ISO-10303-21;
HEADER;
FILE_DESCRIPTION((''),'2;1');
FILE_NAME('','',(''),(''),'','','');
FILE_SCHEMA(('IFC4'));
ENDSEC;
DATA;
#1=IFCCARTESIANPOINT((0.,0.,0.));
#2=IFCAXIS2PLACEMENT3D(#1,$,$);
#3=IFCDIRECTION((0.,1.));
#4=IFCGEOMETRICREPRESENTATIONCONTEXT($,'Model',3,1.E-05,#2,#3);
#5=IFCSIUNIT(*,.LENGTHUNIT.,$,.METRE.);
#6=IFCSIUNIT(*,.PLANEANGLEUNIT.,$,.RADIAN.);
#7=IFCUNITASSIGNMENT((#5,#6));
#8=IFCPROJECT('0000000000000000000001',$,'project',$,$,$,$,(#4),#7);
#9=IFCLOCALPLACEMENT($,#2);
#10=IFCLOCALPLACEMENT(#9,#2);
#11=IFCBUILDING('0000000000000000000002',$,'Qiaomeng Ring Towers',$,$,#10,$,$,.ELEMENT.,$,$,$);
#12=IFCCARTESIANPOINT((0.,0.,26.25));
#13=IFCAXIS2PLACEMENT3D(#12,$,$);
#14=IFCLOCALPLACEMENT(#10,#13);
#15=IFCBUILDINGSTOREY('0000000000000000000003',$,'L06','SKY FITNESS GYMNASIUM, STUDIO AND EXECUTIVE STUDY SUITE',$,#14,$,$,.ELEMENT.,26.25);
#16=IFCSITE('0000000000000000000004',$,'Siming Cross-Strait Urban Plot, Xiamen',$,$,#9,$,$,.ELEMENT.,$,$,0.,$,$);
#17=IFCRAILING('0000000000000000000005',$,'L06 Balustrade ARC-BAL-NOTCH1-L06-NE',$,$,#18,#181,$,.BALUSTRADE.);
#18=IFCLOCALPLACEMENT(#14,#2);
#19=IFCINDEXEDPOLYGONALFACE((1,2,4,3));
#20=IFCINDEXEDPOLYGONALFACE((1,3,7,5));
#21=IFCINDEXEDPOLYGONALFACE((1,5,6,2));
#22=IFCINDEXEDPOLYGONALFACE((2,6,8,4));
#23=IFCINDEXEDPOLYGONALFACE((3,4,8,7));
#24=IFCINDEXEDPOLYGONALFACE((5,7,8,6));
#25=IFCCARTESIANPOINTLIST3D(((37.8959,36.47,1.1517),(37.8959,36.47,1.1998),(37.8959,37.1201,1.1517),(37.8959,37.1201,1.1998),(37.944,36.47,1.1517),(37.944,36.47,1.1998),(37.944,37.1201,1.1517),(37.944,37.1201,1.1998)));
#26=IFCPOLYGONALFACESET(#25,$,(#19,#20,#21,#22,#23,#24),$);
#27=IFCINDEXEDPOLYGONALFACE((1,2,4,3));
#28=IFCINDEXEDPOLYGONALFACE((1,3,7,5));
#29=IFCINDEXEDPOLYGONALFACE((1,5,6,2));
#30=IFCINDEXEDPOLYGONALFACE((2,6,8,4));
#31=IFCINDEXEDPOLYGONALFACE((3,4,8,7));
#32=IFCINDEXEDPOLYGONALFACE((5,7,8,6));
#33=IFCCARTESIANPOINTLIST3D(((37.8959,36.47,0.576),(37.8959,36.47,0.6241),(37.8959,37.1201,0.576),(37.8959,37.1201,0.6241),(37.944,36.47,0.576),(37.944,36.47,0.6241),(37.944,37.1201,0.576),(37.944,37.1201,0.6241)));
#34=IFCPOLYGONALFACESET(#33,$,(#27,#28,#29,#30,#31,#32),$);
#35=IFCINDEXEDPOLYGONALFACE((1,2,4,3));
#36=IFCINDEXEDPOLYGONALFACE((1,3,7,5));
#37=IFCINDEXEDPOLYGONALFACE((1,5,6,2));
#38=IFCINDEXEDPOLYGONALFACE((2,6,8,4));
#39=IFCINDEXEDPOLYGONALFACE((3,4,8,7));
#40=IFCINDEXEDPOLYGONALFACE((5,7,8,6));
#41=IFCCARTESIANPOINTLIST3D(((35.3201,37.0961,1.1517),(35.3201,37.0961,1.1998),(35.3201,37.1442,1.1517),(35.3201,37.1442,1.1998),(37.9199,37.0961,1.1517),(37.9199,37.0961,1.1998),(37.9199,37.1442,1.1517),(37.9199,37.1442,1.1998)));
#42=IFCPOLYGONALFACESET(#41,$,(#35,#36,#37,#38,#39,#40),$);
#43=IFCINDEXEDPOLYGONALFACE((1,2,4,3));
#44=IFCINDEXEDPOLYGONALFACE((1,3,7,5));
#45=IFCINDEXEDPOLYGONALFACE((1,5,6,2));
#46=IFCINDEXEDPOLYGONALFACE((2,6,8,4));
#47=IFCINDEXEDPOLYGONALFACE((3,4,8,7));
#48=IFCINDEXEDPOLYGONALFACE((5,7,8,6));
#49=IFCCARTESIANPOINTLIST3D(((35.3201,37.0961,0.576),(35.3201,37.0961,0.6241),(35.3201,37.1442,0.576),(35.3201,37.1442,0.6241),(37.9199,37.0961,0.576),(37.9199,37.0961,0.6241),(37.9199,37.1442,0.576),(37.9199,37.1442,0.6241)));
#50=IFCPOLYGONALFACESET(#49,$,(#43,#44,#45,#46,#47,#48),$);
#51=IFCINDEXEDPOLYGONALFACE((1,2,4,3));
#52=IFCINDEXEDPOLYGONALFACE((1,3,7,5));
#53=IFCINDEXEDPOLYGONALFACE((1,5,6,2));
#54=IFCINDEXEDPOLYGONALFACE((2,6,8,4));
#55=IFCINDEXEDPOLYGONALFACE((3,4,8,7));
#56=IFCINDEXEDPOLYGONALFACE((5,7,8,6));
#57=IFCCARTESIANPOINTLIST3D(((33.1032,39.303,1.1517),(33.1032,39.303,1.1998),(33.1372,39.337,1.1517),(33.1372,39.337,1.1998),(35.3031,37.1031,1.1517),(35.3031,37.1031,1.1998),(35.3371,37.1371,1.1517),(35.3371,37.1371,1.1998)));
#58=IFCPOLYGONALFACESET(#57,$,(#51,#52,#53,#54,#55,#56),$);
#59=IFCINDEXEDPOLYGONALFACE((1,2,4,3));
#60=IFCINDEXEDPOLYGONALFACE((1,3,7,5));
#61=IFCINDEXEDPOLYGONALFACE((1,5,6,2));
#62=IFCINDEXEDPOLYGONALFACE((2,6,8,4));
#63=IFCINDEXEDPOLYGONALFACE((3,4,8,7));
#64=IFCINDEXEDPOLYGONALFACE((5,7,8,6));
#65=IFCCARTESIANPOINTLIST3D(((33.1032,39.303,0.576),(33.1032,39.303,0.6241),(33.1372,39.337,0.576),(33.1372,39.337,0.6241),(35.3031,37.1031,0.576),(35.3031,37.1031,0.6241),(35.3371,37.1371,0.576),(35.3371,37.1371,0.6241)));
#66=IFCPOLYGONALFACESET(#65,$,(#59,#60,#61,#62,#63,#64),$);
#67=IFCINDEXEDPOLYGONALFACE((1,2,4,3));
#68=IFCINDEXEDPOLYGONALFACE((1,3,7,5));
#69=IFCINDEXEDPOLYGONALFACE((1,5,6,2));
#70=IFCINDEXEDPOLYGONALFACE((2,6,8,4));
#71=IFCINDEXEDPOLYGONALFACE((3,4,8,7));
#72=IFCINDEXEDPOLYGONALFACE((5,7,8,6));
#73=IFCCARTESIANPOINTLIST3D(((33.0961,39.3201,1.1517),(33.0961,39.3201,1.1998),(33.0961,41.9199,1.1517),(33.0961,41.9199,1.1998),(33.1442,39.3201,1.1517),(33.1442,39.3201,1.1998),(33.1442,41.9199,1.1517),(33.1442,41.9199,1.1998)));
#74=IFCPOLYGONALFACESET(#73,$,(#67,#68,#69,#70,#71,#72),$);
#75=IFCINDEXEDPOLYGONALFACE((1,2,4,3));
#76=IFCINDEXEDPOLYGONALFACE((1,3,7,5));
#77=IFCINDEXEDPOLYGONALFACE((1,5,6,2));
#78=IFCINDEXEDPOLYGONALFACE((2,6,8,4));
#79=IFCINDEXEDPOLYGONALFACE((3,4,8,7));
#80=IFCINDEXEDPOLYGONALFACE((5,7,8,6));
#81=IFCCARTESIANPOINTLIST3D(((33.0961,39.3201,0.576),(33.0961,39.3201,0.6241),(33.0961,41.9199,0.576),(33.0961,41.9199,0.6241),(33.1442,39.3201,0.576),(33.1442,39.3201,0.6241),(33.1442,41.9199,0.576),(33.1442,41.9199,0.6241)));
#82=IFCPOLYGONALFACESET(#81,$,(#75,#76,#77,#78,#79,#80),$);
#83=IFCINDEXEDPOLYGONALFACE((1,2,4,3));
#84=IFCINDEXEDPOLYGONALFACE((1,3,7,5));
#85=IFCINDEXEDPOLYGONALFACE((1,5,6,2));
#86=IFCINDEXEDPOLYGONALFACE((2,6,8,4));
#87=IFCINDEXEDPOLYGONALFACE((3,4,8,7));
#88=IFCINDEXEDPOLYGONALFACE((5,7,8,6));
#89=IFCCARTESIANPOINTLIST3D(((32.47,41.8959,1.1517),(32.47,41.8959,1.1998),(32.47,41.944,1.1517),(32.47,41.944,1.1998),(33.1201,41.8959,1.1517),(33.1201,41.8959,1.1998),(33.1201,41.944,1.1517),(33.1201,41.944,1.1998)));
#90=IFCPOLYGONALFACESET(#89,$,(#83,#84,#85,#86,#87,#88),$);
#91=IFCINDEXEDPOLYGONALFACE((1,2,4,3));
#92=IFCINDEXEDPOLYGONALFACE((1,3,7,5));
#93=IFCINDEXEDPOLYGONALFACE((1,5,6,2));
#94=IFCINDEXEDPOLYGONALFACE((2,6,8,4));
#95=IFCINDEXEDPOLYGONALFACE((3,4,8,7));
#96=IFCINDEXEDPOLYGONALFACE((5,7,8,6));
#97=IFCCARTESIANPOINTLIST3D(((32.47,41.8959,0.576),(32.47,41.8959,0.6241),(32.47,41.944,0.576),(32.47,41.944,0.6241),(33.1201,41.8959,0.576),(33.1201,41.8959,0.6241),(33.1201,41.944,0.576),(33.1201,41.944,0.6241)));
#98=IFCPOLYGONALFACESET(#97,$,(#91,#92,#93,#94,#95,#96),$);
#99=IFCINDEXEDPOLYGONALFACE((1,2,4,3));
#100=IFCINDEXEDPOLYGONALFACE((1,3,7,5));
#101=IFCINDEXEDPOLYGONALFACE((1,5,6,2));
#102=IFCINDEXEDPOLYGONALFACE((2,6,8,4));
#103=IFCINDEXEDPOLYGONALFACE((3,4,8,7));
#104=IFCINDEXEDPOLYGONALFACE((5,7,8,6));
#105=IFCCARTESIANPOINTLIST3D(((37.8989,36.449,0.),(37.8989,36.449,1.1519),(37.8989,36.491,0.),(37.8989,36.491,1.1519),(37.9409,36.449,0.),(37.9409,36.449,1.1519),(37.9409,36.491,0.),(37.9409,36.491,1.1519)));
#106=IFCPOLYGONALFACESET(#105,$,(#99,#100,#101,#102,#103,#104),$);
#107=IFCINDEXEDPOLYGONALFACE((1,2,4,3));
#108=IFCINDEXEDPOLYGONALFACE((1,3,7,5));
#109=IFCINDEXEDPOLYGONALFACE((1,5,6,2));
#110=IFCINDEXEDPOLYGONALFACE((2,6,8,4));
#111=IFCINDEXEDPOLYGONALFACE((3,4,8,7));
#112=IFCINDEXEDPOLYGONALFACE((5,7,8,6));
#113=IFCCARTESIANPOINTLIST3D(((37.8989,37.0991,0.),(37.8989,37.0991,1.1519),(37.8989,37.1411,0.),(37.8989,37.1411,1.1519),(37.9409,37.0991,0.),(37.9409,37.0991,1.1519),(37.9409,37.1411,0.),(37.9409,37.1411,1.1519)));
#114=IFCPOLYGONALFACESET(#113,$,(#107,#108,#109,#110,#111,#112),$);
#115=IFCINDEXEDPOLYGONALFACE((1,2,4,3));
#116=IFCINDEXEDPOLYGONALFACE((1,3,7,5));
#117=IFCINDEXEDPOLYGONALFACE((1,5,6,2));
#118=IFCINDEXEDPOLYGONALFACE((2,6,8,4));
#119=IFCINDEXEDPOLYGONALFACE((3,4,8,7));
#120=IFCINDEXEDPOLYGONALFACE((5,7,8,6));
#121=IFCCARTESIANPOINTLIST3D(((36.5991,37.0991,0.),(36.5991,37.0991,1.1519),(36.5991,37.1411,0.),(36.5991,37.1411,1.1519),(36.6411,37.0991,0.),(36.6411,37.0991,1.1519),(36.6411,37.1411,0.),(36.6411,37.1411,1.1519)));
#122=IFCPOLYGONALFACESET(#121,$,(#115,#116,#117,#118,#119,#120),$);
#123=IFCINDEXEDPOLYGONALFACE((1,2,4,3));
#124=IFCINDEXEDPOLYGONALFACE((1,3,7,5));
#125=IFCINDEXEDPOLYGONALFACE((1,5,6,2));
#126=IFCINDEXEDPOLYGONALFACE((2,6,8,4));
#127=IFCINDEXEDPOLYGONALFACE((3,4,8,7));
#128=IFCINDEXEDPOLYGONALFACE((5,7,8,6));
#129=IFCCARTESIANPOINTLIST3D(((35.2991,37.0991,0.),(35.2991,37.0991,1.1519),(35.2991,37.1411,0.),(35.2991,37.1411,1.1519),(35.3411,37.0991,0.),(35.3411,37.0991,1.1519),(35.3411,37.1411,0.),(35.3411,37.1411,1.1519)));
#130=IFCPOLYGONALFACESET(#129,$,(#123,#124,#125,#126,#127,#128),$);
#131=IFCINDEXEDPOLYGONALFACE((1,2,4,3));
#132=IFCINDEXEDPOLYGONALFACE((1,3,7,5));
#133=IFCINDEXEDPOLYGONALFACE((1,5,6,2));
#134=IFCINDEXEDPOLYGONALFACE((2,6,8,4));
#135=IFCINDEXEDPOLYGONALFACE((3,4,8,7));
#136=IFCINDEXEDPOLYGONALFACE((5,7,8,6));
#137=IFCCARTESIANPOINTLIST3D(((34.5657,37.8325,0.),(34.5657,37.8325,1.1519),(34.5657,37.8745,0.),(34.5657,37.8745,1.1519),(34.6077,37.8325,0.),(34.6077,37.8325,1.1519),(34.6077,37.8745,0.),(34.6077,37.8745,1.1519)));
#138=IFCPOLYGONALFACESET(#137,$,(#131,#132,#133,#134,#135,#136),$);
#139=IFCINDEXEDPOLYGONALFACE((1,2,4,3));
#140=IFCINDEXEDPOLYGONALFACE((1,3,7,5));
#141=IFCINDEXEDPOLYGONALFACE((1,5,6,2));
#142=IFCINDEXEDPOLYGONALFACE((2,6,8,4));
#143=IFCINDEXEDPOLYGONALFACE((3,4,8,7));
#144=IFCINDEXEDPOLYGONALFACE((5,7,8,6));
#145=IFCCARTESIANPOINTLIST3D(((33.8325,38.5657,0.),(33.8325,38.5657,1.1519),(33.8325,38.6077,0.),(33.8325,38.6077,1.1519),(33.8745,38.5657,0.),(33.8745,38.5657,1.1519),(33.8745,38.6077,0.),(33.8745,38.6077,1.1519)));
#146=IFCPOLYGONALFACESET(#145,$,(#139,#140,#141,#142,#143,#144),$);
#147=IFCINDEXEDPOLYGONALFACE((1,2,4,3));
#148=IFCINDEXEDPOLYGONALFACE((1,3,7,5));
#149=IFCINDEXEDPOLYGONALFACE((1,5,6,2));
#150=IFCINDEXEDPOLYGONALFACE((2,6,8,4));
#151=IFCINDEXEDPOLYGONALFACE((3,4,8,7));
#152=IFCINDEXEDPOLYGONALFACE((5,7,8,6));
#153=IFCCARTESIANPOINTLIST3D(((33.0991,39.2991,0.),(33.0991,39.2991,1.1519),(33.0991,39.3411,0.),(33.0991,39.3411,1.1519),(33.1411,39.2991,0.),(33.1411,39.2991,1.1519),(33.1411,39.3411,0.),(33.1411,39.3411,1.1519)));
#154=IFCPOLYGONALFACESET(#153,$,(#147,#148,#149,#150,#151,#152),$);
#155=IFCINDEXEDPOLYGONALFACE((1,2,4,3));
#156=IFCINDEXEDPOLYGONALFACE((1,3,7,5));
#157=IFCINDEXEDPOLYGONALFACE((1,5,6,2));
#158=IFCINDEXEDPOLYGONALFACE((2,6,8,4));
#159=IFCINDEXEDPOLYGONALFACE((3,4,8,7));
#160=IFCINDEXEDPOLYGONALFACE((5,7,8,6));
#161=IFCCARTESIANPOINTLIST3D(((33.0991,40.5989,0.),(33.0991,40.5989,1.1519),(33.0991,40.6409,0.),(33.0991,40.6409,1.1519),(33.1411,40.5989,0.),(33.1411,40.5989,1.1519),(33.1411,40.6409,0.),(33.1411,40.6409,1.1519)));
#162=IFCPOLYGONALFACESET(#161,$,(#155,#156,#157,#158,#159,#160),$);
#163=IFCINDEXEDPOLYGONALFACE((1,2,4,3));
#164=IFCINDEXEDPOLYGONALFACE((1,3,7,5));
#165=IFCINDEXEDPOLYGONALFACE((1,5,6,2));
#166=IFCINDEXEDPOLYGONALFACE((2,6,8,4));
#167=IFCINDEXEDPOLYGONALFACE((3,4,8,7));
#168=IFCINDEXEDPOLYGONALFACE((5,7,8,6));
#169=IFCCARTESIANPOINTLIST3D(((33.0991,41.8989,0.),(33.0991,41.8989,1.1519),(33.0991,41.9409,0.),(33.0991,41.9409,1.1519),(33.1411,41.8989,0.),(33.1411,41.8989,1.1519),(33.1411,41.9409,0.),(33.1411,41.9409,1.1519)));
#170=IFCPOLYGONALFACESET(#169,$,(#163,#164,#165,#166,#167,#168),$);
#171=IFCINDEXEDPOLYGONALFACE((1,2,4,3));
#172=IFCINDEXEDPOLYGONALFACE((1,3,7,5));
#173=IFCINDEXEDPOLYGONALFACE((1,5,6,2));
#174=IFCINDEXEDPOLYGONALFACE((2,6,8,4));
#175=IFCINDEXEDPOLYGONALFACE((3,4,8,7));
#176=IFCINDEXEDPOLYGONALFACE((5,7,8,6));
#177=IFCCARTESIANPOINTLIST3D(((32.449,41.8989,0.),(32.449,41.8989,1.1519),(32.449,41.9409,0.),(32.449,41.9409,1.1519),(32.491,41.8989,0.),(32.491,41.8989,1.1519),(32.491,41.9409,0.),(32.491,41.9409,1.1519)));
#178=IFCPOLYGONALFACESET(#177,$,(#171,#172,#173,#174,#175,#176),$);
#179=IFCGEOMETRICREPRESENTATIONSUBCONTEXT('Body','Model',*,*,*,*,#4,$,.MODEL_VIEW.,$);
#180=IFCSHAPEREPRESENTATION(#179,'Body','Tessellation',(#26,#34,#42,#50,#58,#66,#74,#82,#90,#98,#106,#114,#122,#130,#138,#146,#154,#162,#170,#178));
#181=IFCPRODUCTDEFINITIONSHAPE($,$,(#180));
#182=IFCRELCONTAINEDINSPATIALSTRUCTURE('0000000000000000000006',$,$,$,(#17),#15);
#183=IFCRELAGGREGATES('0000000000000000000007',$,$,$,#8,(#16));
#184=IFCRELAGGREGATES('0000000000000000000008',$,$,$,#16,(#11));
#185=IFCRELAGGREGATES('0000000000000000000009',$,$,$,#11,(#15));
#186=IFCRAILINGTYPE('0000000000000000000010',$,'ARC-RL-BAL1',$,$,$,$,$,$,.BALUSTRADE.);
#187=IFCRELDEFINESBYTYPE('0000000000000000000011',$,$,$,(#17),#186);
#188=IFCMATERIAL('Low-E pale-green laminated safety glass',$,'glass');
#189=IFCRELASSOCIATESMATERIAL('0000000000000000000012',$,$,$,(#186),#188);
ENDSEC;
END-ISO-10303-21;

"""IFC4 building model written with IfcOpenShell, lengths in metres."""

from ifc_helpers import new_model, si_unit, direction, frame, origin, origin_2d, place, context, subcontext, project, spatial, rectangle, extrude, material, type_object, element, save


model = new_model("IFC4")

# Units and contexts
model_context = context("Model", 3, precision=1e-05, world=origin(), true_north=direction((0.0, 1.0)))
body_context = subcontext(model_context, "Body", "Model", "MODEL_VIEW")
ifc_project = project(units=[si_unit("LENGTHUNIT", "METRE"), si_unit("PLANEANGLEUNIT", "RADIAN")], contexts=[model_context])

# Site, building, storey
site_placement = place(None, origin())
site = spatial("IfcSite", under=ifc_project, at=site_placement, Name="Siming Cross-Strait Urban Plot, Xiamen", CompositionType="ELEMENT", RefElevation=0.0)
building_placement = place(site_placement, origin())
building = spatial("IfcBuilding", under=site, at=building_placement, Name="Qiaomeng Ring Towers", CompositionType="ELEMENT")
storey_placement = place(building_placement, frame((0.0, 0.0, 26.25)))
storey = spatial("IfcBuildingStorey", under=building, at=storey_placement, Name="L06", Description="SKY FITNESS GYMNASIUM, STUDIO AND EXECUTIVE STUDY SUITE", CompositionType="ELEMENT", Elevation=26.25)

# Railing
ifc_material_1 = material(Name="Low-E pale-green laminated safety glass", Category="glass")
railing_type = type_object("IfcRailingType", Name="ARC-RL-BAL1", PredefinedType="BALUSTRADE", material=ifc_material_1)
railing_placement = place(storey_placement, frame((37.9199, 36.47, 0.0)))
element("IfcRailing", 1, at=railing_placement, inside=storey, type_object=railing_type, Name="L06 Balustrade ARC-BAL-NOTCH1-L06-NE", PredefinedType="BALUSTRADE", context=body_context, shape_type="SweptSolid", body=[
    extrude(rectangle(XDim=0.0481, YDim=0.0481, at=origin_2d()), frame((0.0, 0.0, 1.1758), z_axis=(0.0, 1.0, 0.0), x_axis=(-1.0, 0.0, 0.0)), (0.0, 0.0, 1.0), 0.6501),
    extrude(rectangle(XDim=0.0481, YDim=0.0481, at=origin_2d()), frame((0.0, 0.0, 0.6001), z_axis=(0.0, 1.0, 0.0), x_axis=(-1.0, 0.0, 0.0)), (0.0, 0.0, 1.0), 0.6501),
    extrude(rectangle(XDim=0.0481, YDim=0.0481, at=origin_2d()), frame((0.0, 0.6501, 1.1758), z_axis=(-1.0, 0.0, 0.0), x_axis=(0.0, -1.0, 0.0)), (0.0, 0.0, 1.0), 2.5999),
    extrude(rectangle(XDim=0.0481, YDim=0.0481, at=origin_2d()), frame((0.0, 0.6501, 0.6001), z_axis=(-1.0, 0.0, 0.0), x_axis=(0.0, -1.0, 0.0)), (0.0, 0.0, 1.0), 2.5999),
    extrude(rectangle(XDim=0.0481, YDim=0.0481, at=origin_2d()), frame((-2.5999, 0.6501, 1.1758), z_axis=(-0.707107, 0.707107, 0.0), x_axis=(-0.707107, -0.707107, 0.0)), (0.0, 0.0, 1.0), 3.1111),
    extrude(rectangle(XDim=0.0481, YDim=0.0481, at=origin_2d()), frame((-2.5999, 0.6501, 0.6001), z_axis=(-0.707107, 0.707107, 0.0), x_axis=(-0.707107, -0.707107, 0.0)), (0.0, 0.0, 1.0), 3.1111),
    extrude(rectangle(XDim=0.0481, YDim=0.0481, at=origin_2d()), frame((-4.7998, 2.8501, 1.1758), z_axis=(0.0, 1.0, 0.0), x_axis=(-1.0, 0.0, 0.0)), (0.0, 0.0, 1.0), 2.5999),
    extrude(rectangle(XDim=0.0481, YDim=0.0481, at=origin_2d()), frame((-4.7998, 2.8501, 0.6001), z_axis=(0.0, 1.0, 0.0), x_axis=(-1.0, 0.0, 0.0)), (0.0, 0.0, 1.0), 2.5999),
    extrude(rectangle(XDim=0.0481, YDim=0.0481, at=origin_2d()), frame((-4.7998, 5.45, 1.1758), z_axis=(-1.0, 0.0, 0.0), x_axis=(0.0, -1.0, 0.0)), (0.0, 0.0, 1.0), 0.6501),
    extrude(rectangle(XDim=0.0481, YDim=0.0481, at=origin_2d()), frame((-4.7998, 5.45, 0.6001), z_axis=(-1.0, 0.0, 0.0), x_axis=(0.0, -1.0, 0.0)), (0.0, 0.0, 1.0), 0.6501),
    extrude(rectangle(XDim=0.042, YDim=0.042, at=origin_2d()), origin(), (0.0, 0.0, 1.0), 1.1519),
    extrude(rectangle(XDim=0.042, YDim=0.042, at=origin_2d()), frame((0.0, 0.6501, 0.0)), (0.0, 0.0, 1.0), 1.1519),
    extrude(rectangle(XDim=0.042, YDim=0.042, at=origin_2d()), frame((-1.2998, 0.6501, 0.0)), (0.0, 0.0, 1.0), 1.1519),
    extrude(rectangle(XDim=0.042, YDim=0.042, at=origin_2d()), frame((-2.5999, 0.6501, 0.0)), (0.0, 0.0, 1.0), 1.1519),
    extrude(rectangle(XDim=0.042, YDim=0.042, at=origin_2d()), frame((-3.3333, 1.3835, 0.0)), (0.0, 0.0, 1.0), 1.1519),
    extrude(rectangle(XDim=0.042, YDim=0.042, at=origin_2d()), frame((-4.0664, 2.1167, 0.0)), (0.0, 0.0, 1.0), 1.1519),
    extrude(rectangle(XDim=0.042, YDim=0.042, at=origin_2d()), frame((-4.7998, 2.8501, 0.0)), (0.0, 0.0, 1.0), 1.1519),
    extrude(rectangle(XDim=0.042, YDim=0.042, at=origin_2d()), frame((-4.7998, 4.1499, 0.0)), (0.0, 0.0, 1.0), 1.1519),
    extrude(rectangle(XDim=0.042, YDim=0.042, at=origin_2d()), frame((-4.7998, 5.45, 0.0)), (0.0, 0.0, 1.0), 1.1519),
    extrude(rectangle(XDim=0.042, YDim=0.042, at=origin_2d()), frame((-5.45, 5.45, 0.0)), (0.0, 0.0, 1.0), 1.1519),
])

save(model, "model.ifc")
